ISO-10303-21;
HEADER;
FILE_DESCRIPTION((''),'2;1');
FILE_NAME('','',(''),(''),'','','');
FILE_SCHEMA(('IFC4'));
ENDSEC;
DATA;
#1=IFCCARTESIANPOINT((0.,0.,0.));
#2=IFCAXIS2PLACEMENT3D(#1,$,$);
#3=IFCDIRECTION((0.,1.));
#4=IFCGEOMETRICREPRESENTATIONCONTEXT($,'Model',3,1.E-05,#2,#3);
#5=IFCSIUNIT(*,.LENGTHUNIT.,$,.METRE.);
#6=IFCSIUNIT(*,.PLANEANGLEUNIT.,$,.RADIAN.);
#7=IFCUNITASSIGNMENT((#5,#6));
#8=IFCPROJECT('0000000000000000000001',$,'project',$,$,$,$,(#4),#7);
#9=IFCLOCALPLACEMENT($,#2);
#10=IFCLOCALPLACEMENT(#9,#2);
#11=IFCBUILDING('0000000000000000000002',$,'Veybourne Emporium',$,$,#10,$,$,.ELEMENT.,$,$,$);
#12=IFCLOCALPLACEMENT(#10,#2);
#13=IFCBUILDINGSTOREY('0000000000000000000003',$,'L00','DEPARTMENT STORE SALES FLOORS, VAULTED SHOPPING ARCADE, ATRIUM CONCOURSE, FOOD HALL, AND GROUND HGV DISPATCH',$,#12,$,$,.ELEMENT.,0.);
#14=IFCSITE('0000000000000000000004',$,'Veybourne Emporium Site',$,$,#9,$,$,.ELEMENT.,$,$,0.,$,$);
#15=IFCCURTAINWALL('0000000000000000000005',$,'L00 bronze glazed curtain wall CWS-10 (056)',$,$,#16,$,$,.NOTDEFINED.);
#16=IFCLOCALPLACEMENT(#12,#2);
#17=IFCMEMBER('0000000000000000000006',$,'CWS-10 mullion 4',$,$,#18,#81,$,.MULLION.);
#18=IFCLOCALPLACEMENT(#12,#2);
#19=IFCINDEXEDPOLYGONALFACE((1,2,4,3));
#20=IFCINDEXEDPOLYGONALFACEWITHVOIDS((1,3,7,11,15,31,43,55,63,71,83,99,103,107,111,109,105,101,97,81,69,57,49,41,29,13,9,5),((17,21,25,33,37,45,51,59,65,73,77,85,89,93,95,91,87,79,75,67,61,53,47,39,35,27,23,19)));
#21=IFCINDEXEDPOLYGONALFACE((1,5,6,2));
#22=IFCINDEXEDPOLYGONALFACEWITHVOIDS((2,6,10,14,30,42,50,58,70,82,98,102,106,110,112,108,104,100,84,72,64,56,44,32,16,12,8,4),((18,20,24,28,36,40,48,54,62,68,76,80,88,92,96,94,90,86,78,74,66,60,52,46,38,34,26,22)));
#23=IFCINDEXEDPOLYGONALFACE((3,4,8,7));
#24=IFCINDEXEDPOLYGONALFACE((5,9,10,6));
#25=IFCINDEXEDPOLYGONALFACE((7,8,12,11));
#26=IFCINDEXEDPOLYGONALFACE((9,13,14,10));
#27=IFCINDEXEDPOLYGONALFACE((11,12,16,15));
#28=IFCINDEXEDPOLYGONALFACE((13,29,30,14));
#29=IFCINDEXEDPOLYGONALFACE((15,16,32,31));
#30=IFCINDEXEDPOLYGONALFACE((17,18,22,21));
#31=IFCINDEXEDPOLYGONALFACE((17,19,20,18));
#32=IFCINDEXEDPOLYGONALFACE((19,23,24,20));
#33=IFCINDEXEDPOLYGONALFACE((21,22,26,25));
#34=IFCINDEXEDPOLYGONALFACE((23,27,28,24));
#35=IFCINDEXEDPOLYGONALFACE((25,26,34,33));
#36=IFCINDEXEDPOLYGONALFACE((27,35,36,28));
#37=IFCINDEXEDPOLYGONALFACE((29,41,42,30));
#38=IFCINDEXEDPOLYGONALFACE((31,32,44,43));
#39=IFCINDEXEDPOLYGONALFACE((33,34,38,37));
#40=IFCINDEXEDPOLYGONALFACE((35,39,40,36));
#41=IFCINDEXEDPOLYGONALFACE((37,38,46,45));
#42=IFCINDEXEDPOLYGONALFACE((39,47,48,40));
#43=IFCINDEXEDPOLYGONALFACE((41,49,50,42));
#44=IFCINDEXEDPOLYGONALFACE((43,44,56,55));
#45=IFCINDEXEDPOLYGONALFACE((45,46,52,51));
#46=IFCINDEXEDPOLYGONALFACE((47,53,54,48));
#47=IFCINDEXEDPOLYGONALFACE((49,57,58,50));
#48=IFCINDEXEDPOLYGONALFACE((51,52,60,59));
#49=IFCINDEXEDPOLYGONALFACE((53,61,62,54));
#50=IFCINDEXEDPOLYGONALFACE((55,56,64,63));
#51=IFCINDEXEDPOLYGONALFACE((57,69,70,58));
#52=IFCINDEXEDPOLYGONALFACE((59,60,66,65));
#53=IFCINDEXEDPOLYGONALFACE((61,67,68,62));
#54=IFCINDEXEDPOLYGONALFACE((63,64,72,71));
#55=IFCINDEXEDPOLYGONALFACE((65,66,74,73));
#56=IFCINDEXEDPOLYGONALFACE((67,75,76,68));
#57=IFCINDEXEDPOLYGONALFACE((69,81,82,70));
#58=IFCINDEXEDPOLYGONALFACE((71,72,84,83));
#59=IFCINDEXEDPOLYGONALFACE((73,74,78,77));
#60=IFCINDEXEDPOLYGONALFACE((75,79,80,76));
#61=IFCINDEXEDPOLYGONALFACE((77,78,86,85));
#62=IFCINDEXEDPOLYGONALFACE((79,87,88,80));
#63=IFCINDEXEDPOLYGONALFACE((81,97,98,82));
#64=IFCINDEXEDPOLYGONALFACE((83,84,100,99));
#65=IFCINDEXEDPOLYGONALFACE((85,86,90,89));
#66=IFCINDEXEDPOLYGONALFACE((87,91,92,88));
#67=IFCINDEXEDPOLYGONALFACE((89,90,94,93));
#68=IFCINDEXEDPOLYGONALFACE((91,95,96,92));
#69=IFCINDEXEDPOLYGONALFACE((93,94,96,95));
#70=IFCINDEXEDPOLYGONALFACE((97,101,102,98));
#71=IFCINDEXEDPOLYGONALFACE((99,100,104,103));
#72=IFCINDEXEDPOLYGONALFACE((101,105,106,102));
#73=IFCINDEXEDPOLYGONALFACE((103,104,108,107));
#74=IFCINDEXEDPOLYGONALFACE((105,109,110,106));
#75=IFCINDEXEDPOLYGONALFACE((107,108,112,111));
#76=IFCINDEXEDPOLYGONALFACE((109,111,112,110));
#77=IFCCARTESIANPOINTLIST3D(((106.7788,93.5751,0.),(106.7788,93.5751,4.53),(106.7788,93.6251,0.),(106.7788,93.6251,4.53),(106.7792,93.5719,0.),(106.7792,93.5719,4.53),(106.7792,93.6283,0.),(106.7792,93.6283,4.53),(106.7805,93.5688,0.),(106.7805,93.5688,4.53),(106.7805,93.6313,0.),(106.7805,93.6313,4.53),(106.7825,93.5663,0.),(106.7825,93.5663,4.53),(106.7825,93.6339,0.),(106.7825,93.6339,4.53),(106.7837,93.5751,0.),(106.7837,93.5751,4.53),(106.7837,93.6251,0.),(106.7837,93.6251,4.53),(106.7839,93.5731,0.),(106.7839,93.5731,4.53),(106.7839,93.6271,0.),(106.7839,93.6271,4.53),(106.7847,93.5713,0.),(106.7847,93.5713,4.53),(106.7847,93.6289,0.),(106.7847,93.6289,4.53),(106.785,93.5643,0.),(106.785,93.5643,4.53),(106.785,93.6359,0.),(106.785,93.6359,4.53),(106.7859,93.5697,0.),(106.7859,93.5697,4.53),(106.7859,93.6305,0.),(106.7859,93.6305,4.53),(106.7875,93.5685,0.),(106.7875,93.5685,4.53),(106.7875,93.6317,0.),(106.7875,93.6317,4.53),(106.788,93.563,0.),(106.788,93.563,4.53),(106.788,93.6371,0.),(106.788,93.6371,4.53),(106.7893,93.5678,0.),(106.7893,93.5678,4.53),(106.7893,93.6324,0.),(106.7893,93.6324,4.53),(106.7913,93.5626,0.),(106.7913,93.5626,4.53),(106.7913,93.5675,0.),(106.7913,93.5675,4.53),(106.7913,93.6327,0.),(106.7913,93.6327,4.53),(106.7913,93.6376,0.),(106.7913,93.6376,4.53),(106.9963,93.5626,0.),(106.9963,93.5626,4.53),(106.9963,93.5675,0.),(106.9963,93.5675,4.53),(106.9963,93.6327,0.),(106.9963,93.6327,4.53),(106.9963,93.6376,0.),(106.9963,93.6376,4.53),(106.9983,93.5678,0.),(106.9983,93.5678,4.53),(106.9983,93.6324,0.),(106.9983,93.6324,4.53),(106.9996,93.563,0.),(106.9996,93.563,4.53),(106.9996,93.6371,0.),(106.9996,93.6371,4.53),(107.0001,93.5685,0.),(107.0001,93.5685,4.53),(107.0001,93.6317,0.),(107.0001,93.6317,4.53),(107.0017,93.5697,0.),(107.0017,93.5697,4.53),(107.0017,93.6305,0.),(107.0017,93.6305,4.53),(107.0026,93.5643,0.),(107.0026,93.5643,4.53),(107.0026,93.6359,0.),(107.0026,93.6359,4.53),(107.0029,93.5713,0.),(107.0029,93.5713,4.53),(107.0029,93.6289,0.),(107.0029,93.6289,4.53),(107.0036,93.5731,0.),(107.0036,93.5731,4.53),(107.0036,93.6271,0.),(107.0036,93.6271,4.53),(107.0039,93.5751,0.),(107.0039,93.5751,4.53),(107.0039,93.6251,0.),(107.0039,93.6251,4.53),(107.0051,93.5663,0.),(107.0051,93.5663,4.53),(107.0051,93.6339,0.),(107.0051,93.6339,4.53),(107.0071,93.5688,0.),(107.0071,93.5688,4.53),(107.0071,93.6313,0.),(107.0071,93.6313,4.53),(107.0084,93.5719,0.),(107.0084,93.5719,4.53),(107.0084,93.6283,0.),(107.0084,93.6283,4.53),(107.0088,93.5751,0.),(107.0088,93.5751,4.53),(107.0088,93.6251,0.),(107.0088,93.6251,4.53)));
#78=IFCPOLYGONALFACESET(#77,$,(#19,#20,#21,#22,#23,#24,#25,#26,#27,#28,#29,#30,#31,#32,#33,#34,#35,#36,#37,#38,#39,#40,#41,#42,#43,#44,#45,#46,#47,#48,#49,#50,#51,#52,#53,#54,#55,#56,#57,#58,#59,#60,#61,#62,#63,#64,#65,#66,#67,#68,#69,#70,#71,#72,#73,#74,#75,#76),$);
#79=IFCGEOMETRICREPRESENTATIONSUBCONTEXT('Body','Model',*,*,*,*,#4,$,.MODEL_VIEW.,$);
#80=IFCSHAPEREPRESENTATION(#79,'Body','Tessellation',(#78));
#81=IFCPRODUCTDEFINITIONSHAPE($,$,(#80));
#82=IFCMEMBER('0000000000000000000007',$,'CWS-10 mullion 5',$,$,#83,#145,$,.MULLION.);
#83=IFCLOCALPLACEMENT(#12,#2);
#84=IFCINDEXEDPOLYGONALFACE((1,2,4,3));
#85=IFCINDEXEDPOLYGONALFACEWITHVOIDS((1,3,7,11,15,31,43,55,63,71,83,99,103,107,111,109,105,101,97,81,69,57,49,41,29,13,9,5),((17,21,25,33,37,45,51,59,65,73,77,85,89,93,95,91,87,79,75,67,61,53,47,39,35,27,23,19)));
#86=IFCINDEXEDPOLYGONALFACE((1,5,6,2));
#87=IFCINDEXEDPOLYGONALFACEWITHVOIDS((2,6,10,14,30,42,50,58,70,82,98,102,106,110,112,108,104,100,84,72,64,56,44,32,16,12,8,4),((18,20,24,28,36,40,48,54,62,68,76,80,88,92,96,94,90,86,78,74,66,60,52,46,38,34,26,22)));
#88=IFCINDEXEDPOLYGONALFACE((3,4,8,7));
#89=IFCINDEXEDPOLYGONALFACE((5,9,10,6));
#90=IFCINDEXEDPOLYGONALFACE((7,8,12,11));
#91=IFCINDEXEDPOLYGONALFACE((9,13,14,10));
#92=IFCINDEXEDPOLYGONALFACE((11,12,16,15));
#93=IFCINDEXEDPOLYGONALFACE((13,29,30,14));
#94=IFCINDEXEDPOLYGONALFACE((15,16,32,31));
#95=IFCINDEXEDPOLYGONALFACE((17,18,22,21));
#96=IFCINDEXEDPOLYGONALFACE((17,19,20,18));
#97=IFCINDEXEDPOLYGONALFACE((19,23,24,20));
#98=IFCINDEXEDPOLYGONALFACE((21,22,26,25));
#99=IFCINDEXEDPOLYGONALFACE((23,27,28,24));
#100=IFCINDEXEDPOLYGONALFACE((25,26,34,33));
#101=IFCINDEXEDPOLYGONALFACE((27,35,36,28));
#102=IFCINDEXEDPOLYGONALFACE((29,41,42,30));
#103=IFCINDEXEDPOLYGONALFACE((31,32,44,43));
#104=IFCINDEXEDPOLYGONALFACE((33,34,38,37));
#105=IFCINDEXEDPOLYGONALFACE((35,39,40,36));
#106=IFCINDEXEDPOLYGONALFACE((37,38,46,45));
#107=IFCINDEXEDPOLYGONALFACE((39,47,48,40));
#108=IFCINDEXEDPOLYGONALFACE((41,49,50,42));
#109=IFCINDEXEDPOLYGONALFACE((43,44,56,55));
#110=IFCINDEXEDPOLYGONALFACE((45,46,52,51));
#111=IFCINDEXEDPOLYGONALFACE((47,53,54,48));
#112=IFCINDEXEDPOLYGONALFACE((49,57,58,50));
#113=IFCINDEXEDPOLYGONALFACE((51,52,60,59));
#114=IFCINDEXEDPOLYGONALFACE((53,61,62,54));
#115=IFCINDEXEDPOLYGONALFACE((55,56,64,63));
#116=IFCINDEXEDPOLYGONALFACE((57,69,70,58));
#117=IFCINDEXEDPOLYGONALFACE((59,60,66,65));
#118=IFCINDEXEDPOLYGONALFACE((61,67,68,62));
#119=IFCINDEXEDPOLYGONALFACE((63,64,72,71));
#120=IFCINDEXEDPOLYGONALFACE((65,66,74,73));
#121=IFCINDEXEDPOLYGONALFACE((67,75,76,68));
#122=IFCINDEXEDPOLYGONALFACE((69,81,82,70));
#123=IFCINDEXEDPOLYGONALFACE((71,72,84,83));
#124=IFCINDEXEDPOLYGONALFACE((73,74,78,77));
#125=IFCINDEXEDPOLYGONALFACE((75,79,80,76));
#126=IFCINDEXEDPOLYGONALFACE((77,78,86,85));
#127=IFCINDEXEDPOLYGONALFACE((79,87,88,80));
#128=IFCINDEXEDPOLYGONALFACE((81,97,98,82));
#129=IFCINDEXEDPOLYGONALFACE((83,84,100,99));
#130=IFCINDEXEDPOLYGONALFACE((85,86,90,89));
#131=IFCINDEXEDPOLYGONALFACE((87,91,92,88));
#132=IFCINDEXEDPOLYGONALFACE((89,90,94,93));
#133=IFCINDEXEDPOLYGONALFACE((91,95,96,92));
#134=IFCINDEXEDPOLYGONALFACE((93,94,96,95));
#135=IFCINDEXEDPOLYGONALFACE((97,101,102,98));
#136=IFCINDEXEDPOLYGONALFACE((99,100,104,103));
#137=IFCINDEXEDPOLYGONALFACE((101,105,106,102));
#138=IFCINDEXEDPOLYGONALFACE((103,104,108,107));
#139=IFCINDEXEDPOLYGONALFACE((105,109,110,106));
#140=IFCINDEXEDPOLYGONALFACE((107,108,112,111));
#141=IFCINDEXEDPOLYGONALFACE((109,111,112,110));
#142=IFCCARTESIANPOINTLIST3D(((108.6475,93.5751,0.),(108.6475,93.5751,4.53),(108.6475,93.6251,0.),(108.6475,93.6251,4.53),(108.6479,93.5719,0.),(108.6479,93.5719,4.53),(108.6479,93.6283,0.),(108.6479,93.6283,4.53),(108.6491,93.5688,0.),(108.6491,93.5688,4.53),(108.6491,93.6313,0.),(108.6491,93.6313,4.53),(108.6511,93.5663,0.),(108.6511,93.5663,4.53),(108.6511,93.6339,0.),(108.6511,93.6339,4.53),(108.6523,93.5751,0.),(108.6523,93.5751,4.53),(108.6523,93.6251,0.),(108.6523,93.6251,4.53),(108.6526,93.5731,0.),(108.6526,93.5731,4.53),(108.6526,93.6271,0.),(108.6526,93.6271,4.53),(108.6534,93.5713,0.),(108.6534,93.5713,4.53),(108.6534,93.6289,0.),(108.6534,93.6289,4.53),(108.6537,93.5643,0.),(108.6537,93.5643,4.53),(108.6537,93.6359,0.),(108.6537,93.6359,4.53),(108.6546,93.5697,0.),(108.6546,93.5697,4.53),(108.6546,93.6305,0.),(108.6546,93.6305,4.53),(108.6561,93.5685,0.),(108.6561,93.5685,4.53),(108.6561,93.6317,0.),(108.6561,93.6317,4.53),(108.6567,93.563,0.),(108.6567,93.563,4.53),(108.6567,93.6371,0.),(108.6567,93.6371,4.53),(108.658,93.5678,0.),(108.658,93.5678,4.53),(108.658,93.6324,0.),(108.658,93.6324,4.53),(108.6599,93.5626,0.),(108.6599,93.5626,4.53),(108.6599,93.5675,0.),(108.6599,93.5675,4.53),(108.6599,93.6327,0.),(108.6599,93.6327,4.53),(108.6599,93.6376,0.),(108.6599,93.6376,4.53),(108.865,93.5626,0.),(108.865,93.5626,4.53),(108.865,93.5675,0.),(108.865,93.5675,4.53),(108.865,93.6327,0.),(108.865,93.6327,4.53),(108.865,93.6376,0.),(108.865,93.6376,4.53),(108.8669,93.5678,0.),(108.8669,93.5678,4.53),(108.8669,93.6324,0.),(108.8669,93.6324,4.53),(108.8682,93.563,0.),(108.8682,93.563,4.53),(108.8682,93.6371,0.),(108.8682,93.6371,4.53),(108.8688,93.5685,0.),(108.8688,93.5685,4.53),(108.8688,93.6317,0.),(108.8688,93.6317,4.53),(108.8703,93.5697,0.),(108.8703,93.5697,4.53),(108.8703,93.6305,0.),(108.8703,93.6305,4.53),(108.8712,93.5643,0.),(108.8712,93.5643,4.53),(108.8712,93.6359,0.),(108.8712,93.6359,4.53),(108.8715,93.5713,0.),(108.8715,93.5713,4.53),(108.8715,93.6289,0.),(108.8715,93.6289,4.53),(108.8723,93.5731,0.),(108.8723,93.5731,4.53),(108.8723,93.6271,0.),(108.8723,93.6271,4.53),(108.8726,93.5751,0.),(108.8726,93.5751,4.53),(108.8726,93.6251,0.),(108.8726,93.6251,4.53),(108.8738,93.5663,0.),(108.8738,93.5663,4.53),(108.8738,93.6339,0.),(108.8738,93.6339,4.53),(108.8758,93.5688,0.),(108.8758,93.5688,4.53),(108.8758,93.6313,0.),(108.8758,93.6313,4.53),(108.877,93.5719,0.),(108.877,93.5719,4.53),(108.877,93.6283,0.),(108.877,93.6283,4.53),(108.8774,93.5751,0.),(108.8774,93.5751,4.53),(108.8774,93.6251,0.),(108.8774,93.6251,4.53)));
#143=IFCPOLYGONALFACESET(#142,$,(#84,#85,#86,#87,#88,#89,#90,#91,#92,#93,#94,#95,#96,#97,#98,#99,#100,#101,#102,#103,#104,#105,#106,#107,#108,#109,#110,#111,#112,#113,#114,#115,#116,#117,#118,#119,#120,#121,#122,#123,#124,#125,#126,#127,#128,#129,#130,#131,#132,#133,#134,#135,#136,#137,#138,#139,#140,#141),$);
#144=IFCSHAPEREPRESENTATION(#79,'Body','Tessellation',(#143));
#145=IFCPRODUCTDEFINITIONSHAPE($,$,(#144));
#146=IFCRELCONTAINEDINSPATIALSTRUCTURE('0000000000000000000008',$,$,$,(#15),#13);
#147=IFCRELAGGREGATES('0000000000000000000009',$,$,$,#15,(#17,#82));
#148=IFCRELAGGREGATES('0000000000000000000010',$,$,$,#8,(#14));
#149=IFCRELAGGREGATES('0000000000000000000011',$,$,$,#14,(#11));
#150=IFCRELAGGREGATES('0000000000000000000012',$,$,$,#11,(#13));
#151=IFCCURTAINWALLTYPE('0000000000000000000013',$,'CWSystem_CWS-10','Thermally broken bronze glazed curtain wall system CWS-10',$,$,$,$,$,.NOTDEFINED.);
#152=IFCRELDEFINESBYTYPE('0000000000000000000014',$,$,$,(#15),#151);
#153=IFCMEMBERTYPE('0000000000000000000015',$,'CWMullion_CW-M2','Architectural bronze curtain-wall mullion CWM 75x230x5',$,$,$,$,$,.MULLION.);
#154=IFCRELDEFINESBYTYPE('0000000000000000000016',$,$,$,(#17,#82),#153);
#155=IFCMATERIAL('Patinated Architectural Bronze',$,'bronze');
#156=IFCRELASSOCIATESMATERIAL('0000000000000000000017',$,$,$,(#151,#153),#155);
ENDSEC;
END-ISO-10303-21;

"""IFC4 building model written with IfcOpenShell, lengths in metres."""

from ifc_helpers import new_model, si_unit, direction, frame, origin, origin_2d, place, context, subcontext, project, spatial, hollow_rectangle, extrude, material, material_profile, profile_set, type_object, element, aggregate, save


model = new_model("IFC4")

# Units and contexts
model_context = context("Model", 3, precision=1e-05, world=origin(), true_north=direction((0.0, 1.0)))
body_context = subcontext(model_context, "Body", "Model", "MODEL_VIEW")
ifc_project = project(units=[si_unit("LENGTHUNIT", "METRE"), si_unit("PLANEANGLEUNIT", "RADIAN")], contexts=[model_context])

# Site, building, storey
site_placement = place(None, origin())
site = spatial("IfcSite", under=ifc_project, at=site_placement, Name="Veybourne Emporium Site", CompositionType="ELEMENT", RefElevation=0.0)
building_placement = place(site_placement, origin())
building = spatial("IfcBuilding", under=site, at=building_placement, Name="Veybourne Emporium", CompositionType="ELEMENT")
storey_placement = place(building_placement, origin())
storey = spatial("IfcBuildingStorey", under=building, at=storey_placement, Name="L00", Description="DEPARTMENT STORE SALES FLOORS, VAULTED SHOPPING ARCADE, ATRIUM CONCOURSE, FOOD HALL, AND GROUND HGV DISPATCH", CompositionType="ELEMENT", Elevation=0.0)

# Curtain wall, members
ifc_material_1 = material(Name="Patinated Architectural Bronze", Category="bronze")
curtain_wall_type = type_object("IfcCurtainWallType", Name="CWSystem_CWS-10", Description="Thermally broken bronze glazed curtain wall system CWS-10", PredefinedType="NOTDEFINED", material=ifc_material_1)
curtain_wall_placement = place(storey_placement, origin())
curtain_wall = element("IfcCurtainWall", 1, at=curtain_wall_placement, inside=storey, type_object=curtain_wall_type, Name="L00 bronze glazed curtain wall CWS-10 (056)", PredefinedType="NOTDEFINED")
ifc_material_profile_1 = material_profile(ifc_material_1, hollow_rectangle(XDim=0.075, YDim=0.23, WallThickness=0.0049, InnerFilletRadius=0.0076, OuterFilletRadius=0.0125, at=origin_2d()), Name="CWM 75x230x5")
ifc_profile_set_1 = profile_set([ifc_material_profile_1], Name="Patinated Architectural Bronze")
member_type_1 = type_object("IfcMemberType", Name="CWMullion_CW-M2", Description="Architectural bronze curtain-wall mullion CWM 75x230x5", PredefinedType="MULLION", material=ifc_profile_set_1)
member_1_placement = place(storey_placement, frame((106.8938, 93.6001, 0.0), z_axis=(0.0, 0.0, 1.0), x_axis=(0.0, 1.0, 0.0)))
member_1 = element("IfcMember", 2, at=member_1_placement, type_object=member_type_1, Name="CWS-10 mullion 4", PredefinedType="MULLION", context=body_context, shape_type="SweptSolid", body=[
    extrude(hollow_rectangle(XDim=0.075, YDim=0.23, WallThickness=0.0049, InnerFilletRadius=0.0076, OuterFilletRadius=0.0125, at=origin_2d()), origin(), (0.0, 0.0, 1.0), 4.53),
])
member_2_placement = place(storey_placement, frame((108.7625, 93.6001, 0.0), z_axis=(0.0, 0.0, 1.0), x_axis=(0.0, 1.0, 0.0)))
member_2 = element("IfcMember", 3, at=member_2_placement, type_object=member_type_1, Name="CWS-10 mullion 5", PredefinedType="MULLION", context=body_context, shape_type="SweptSolid", body=[
    extrude(hollow_rectangle(XDim=0.075, YDim=0.23, WallThickness=0.0049, InnerFilletRadius=0.0076, OuterFilletRadius=0.0125, at=origin_2d()), origin(), (0.0, 0.0, 1.0), 4.53),
])

aggregate(curtain_wall, [member_1, member_2])

save(model, "model.ifc")
